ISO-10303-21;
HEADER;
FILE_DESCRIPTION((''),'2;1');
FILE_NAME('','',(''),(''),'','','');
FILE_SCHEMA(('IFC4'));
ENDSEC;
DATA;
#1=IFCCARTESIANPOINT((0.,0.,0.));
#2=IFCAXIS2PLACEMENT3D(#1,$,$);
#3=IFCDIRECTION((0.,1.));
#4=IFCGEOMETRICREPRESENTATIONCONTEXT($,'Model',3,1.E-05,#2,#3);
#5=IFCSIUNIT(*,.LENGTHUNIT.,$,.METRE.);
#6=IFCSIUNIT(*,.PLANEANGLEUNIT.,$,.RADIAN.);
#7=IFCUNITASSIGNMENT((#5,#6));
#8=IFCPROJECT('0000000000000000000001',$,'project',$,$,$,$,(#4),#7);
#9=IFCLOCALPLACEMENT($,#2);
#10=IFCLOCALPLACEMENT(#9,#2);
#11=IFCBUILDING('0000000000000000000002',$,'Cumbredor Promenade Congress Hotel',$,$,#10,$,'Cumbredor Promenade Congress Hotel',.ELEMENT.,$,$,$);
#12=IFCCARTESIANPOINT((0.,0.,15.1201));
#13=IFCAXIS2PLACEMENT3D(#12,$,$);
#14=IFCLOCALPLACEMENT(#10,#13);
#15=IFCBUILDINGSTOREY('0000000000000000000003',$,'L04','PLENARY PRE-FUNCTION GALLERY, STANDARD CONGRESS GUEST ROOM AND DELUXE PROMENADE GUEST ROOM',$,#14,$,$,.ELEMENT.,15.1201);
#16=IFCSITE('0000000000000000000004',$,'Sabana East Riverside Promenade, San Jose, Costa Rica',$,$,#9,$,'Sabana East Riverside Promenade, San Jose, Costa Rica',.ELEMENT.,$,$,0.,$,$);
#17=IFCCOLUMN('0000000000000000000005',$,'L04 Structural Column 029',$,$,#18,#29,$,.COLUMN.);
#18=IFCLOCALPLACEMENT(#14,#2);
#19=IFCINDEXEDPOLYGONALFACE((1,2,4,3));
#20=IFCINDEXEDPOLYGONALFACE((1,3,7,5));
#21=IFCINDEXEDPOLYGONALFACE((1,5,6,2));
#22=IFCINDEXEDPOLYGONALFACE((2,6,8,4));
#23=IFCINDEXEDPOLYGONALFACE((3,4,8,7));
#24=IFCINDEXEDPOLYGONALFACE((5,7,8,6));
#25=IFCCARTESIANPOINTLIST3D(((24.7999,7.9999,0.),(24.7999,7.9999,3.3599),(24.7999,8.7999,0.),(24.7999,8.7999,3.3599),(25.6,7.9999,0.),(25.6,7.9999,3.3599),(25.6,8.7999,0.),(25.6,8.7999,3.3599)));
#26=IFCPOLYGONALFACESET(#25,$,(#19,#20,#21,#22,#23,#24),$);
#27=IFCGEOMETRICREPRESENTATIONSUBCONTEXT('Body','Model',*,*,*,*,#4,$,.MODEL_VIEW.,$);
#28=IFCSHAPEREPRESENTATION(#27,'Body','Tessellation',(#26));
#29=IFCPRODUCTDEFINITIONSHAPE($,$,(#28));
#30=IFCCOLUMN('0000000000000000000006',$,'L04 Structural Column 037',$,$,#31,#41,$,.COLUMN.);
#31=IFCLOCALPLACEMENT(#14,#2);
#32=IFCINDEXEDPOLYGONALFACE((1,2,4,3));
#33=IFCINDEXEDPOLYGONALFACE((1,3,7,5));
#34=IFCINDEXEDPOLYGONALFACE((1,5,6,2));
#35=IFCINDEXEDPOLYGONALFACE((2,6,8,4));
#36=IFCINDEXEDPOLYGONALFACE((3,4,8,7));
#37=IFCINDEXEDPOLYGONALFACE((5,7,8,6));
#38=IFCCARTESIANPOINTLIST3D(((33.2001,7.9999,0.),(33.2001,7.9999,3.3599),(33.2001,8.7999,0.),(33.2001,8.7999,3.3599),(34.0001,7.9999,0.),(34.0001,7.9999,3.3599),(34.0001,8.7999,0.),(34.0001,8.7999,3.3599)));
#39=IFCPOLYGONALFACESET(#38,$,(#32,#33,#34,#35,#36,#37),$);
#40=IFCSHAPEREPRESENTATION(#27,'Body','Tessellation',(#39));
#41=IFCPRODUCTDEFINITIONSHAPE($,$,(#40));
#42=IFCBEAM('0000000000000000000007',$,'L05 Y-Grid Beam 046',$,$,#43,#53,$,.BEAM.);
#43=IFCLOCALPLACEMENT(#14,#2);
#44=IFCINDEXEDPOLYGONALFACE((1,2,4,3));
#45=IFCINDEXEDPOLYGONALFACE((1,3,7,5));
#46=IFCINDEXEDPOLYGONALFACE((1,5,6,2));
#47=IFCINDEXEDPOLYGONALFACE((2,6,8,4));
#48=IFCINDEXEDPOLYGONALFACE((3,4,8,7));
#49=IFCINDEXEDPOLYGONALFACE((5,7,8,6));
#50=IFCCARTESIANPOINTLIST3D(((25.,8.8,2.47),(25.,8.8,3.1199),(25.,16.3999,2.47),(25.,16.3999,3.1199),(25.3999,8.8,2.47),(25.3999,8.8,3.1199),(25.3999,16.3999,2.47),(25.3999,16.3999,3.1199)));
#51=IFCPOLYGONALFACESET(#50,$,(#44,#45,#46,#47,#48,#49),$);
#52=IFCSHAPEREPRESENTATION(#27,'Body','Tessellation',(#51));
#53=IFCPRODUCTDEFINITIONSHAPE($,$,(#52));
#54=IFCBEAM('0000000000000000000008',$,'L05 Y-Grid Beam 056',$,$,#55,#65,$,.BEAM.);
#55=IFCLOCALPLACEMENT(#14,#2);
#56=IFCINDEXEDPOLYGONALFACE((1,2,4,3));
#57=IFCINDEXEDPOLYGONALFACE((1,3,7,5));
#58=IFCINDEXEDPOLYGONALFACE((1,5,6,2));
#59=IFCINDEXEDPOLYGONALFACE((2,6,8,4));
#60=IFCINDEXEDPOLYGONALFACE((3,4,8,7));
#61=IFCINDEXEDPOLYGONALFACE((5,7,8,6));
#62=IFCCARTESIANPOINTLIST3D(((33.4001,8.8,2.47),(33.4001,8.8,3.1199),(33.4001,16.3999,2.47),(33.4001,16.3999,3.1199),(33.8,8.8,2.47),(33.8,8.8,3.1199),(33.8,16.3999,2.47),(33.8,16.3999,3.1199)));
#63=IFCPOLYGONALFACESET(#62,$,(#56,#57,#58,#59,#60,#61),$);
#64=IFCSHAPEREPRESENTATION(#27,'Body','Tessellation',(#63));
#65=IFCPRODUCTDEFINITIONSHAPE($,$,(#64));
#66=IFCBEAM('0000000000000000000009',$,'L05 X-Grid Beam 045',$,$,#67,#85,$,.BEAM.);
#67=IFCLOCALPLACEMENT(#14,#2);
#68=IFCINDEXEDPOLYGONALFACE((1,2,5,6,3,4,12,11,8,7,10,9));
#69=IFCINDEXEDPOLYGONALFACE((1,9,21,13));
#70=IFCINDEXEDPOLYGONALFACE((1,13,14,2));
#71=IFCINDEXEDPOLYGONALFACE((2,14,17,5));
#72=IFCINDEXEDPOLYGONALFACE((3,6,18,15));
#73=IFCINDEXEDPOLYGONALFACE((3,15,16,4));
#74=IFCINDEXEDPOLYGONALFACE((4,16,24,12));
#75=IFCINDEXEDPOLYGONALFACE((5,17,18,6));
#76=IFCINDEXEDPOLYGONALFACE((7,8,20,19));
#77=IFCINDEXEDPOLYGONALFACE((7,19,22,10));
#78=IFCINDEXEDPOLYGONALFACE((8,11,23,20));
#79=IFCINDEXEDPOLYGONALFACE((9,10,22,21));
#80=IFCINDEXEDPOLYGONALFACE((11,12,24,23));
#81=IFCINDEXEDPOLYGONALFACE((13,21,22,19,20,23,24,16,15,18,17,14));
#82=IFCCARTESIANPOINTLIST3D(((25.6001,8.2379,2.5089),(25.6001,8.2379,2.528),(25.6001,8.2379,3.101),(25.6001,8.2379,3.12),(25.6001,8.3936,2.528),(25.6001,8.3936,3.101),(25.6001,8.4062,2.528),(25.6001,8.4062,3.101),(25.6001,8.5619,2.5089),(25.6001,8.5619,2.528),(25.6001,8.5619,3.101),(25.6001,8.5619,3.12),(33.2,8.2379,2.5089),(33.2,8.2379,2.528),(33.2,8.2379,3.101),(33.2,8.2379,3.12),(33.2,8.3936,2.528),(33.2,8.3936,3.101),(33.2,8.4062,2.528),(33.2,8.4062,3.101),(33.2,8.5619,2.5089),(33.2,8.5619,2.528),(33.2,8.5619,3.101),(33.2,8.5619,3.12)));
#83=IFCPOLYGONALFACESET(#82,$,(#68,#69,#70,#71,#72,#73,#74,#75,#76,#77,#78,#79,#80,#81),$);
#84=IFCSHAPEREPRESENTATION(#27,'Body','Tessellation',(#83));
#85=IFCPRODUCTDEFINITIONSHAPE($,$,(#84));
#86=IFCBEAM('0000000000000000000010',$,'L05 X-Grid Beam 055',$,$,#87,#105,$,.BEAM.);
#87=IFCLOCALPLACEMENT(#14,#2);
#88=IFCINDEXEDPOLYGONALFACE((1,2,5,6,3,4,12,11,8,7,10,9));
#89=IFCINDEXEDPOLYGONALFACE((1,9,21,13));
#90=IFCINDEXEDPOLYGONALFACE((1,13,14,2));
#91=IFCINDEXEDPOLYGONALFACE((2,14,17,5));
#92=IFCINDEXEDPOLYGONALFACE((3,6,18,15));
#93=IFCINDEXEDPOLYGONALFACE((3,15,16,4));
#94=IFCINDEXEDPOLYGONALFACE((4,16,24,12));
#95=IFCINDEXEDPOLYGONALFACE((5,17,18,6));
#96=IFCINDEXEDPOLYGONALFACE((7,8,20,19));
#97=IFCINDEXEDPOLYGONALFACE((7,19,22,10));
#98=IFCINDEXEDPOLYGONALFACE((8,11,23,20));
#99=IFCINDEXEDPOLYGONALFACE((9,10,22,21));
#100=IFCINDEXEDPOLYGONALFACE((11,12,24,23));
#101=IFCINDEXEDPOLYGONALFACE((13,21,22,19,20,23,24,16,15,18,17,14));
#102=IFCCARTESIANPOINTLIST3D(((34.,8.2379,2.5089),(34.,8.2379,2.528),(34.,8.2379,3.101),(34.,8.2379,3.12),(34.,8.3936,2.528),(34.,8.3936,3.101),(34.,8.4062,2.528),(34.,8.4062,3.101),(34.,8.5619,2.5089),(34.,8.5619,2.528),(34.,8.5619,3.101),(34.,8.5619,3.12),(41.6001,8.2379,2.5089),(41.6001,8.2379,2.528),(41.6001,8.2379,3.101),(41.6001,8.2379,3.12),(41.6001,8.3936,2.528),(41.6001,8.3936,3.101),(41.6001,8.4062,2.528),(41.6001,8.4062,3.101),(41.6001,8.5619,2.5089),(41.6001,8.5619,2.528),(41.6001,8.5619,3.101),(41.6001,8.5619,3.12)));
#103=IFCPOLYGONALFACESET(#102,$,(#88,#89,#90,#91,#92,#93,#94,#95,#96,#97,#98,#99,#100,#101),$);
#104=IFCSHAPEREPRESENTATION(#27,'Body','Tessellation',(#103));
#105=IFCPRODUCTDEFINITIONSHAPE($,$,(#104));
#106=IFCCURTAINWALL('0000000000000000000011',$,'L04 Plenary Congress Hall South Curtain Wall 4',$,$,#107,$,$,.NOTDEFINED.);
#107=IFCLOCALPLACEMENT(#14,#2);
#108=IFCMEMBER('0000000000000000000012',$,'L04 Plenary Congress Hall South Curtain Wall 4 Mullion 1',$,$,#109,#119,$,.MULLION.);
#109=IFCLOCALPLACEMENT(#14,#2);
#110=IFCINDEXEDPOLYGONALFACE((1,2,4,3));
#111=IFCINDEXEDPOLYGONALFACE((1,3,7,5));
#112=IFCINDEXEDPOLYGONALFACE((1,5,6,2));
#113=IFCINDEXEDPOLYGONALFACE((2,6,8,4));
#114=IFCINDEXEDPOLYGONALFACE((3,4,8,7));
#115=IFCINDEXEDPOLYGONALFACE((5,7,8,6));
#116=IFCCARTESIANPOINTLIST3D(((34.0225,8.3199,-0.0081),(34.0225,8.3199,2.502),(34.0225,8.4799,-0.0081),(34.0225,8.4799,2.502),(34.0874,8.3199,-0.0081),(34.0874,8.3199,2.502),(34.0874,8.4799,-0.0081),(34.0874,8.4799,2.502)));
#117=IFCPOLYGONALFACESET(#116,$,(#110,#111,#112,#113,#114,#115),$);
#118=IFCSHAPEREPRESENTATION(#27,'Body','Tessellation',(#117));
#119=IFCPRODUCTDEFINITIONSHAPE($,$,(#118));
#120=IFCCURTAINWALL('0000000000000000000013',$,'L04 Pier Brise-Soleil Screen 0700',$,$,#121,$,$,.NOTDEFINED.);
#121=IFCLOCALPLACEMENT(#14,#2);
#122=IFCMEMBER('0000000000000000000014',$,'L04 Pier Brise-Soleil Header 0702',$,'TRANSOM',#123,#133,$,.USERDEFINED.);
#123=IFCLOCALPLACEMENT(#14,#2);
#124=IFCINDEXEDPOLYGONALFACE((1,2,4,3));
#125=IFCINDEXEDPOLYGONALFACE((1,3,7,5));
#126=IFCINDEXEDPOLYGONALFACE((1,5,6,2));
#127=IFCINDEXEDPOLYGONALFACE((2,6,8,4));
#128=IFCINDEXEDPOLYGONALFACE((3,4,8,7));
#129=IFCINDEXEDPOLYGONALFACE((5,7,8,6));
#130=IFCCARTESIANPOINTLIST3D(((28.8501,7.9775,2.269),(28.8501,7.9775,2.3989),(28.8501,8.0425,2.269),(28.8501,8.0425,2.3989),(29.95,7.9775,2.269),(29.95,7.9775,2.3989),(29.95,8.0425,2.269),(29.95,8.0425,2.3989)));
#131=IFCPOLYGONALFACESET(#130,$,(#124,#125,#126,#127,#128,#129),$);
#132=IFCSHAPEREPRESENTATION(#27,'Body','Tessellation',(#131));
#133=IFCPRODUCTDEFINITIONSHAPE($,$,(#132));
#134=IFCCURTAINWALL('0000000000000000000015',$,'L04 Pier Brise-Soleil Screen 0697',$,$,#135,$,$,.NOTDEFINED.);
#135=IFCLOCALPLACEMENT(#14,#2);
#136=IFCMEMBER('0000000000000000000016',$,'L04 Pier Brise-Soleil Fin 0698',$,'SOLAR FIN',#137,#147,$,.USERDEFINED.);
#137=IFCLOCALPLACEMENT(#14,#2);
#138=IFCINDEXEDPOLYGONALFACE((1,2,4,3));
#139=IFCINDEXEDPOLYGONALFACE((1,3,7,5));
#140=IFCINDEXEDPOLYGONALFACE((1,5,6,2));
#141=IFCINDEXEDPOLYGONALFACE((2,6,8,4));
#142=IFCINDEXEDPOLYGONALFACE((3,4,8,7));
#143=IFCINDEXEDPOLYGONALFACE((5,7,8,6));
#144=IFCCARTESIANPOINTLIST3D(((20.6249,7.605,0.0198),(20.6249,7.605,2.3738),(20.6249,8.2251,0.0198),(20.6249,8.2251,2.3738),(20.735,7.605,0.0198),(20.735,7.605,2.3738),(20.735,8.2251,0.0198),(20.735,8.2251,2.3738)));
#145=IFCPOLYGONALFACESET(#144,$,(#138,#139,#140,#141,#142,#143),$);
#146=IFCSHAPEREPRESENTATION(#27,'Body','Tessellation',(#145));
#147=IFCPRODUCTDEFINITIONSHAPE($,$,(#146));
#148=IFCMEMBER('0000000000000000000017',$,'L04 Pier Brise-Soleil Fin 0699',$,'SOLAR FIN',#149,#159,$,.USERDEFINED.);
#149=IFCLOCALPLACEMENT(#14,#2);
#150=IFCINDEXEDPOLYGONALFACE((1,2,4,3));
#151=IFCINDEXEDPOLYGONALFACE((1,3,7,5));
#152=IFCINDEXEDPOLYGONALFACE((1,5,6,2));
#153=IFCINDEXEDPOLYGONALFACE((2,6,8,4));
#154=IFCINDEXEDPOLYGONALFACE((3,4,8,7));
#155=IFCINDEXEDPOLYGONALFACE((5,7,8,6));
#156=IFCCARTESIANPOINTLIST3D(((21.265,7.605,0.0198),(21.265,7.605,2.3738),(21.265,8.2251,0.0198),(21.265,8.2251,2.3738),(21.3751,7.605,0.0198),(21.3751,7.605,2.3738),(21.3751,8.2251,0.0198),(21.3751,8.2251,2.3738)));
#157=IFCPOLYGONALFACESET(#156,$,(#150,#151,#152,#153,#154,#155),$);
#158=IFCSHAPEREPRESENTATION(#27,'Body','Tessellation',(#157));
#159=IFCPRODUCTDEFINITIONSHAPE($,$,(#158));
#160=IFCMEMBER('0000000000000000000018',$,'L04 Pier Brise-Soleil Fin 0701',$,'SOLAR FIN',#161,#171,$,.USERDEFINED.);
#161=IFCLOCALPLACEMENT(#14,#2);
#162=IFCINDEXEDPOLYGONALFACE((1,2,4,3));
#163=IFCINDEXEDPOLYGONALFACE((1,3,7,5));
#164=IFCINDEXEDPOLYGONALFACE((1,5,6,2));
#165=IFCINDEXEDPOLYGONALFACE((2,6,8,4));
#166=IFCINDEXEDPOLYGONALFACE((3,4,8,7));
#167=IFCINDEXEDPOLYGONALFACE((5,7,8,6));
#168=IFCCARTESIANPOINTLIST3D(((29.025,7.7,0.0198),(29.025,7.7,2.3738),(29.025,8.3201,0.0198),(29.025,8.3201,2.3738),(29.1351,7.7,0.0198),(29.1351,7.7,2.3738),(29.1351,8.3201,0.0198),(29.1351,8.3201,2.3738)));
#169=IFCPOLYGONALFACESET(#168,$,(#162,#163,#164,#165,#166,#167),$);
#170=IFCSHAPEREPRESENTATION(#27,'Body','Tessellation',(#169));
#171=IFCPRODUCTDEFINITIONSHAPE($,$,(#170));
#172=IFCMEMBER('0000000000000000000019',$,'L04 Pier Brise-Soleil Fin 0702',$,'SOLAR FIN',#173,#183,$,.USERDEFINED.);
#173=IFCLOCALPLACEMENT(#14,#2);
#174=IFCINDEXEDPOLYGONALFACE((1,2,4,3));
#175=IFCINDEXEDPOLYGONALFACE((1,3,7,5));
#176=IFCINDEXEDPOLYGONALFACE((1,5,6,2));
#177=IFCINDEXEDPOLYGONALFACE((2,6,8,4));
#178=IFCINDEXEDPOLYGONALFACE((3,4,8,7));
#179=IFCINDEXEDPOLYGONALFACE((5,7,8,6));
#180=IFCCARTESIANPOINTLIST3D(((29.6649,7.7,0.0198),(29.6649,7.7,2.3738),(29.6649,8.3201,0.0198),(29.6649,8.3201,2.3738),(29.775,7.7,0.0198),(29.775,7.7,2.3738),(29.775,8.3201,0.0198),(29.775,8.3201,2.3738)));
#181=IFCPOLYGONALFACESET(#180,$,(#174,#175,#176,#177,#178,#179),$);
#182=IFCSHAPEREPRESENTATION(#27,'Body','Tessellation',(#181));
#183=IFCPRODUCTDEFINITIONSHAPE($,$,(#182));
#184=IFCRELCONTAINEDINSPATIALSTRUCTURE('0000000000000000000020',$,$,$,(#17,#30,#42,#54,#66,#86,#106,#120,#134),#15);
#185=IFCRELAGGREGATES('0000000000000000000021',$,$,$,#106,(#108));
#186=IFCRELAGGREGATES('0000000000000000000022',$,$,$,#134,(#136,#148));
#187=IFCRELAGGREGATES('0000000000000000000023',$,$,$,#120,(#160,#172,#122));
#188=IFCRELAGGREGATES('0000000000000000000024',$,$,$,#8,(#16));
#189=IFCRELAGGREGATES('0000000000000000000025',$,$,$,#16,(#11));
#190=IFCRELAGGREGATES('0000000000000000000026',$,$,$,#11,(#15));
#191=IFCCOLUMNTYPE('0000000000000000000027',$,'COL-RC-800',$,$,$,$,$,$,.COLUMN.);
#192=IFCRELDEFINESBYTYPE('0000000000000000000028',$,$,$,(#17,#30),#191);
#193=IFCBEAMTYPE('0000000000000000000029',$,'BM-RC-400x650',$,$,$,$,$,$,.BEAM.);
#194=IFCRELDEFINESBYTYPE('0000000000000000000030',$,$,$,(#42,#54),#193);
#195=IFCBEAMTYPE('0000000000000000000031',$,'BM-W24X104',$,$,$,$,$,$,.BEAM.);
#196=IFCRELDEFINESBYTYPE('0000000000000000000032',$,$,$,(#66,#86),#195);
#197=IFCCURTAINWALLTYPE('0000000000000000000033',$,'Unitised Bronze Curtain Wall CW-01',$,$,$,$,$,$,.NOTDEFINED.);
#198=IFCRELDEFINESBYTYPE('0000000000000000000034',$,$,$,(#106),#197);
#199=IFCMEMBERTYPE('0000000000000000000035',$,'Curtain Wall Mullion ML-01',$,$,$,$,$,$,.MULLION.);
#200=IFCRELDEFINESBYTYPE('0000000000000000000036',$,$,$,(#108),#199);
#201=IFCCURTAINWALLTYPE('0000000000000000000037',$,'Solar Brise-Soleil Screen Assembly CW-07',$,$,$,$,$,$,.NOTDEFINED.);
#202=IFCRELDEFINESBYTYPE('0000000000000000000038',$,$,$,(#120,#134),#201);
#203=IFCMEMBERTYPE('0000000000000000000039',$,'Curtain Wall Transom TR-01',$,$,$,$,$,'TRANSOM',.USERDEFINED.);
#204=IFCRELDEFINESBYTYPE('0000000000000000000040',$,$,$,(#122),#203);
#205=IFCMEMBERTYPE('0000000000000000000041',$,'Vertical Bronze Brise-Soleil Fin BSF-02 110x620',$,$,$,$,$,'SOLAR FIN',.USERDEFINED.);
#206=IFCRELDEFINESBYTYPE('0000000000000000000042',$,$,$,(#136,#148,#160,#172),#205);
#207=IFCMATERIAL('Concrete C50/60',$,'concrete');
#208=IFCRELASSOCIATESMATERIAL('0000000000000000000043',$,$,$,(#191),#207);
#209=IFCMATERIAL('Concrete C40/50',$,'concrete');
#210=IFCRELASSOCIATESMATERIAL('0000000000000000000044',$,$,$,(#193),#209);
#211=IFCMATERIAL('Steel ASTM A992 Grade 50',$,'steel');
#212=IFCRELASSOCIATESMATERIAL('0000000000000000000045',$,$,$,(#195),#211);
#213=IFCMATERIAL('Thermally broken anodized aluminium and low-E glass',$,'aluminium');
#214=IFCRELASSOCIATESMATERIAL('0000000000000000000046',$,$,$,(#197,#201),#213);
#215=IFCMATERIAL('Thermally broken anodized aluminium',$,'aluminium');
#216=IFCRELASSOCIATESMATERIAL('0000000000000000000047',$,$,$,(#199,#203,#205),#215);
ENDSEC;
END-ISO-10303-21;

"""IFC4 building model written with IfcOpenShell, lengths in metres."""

from ifc_helpers import new_model, si_unit, direction, frame, origin, origin_2d, place, context, subcontext, project, spatial, rectangle, i_section, extrude, material, material_profile, profile_set, type_object, element, aggregate, save


model = new_model("IFC4")

# Units and contexts
model_context = context("Model", 3, precision=1e-05, world=origin(), true_north=direction((0.0, 1.0)))
body_context = subcontext(model_context, "Body", "Model", "MODEL_VIEW")
ifc_project = project(units=[si_unit("LENGTHUNIT", "METRE"), si_unit("PLANEANGLEUNIT", "RADIAN")], contexts=[model_context])

# Site, building, storey
site_placement = place(None, origin())
site = spatial("IfcSite", under=ifc_project, at=site_placement, Name="Sabana East Riverside Promenade, San Jose, Costa Rica", LongName="Sabana East Riverside Promenade, San Jose, Costa Rica", CompositionType="ELEMENT", RefElevation=0.0)
building_placement = place(site_placement, origin())
building = spatial("IfcBuilding", under=site, at=building_placement, Name="Cumbredor Promenade Congress Hotel", LongName="Cumbredor Promenade Congress Hotel", CompositionType="ELEMENT")
storey_placement = place(building_placement, frame((0.0, 0.0, 15.1201)))
storey = spatial("IfcBuildingStorey", under=building, at=storey_placement, Name="L04", Description="PLENARY PRE-FUNCTION GALLERY, STANDARD CONGRESS GUEST ROOM AND DELUXE PROMENADE GUEST ROOM", CompositionType="ELEMENT", Elevation=15.1201)

# Columns
ifc_material_1 = material(Name="Concrete C50/60", Category="concrete")
ifc_material_profile_1 = material_profile(ifc_material_1, rectangle(XDim=0.8, YDim=0.8, at=origin_2d()), Name="RC 800x800")
ifc_profile_set_1 = profile_set([ifc_material_profile_1], Name="Concrete C50/60")
column_type = type_object("IfcColumnType", Name="COL-RC-800", PredefinedType="COLUMN", material=ifc_profile_set_1)
for number, where, z_axis, x_axis, name in (
    (1, (25.2, 8.3999, 0.0), (0.0, 0.0, 1.0), (1.0, 0.0, 0.0), "L04 Structural Column 029"),
    (2, (33.6001, 8.3999, 0.0), (0.0, 0.0, 1.0), (1.0, 0.0, 0.0), "L04 Structural Column 037"),
):
    element("IfcColumn", number, at=place(storey_placement, frame(where, z_axis=z_axis, x_axis=x_axis)), inside=storey, type_object=column_type, Name=name, PredefinedType="COLUMN", context=body_context, shape_type="SweptSolid", body=[
        extrude(rectangle(XDim=0.8, YDim=0.8, at=origin_2d()), origin(), (0.0, 0.0, 1.0), 3.3599),
    ])

# Beams
ifc_material_2 = material(Name="Concrete C40/50", Category="concrete")
ifc_material_profile_2 = material_profile(ifc_material_2, rectangle(XDim=0.3999, YDim=0.6499, at=origin_2d()), Name="RC BEAM 400x650")
ifc_profile_set_2 = profile_set([ifc_material_profile_2], Name="Concrete C40/50")
beam_type_1 = type_object("IfcBeamType", Name="BM-RC-400x650", PredefinedType="BEAM", material=ifc_profile_set_2)
for number, where, z_axis, x_axis, name in (
    (3, (25.2, 8.8, 2.7949), (0.0, 1.0, 0.0), (-1.0, 0.0, 0.0), "L05 Y-Grid Beam 046"),
    (4, (33.6001, 8.8, 2.7949), (0.0, 1.0, 0.0), (-1.0, 0.0, 0.0), "L05 Y-Grid Beam 056"),
):
    element("IfcBeam", number, at=place(storey_placement, frame(where, z_axis=z_axis, x_axis=x_axis)), inside=storey, type_object=beam_type_1, Name=name, PredefinedType="BEAM", context=body_context, shape_type="SweptSolid", body=[
        extrude(rectangle(XDim=0.3999, YDim=0.6499, at=origin_2d()), origin(), (0.0, 0.0, 1.0), 7.5999),
    ])
ifc_material_3 = material(Name="Steel ASTM A992 Grade 50", Category="steel")
ifc_material_profile_3 = material_profile(ifc_material_3, i_section(OverallWidth=0.324, OverallDepth=0.6111, WebThickness=0.0127, FlangeThickness=0.019, at=origin_2d()), Name="W24X104")
ifc_profile_set_3 = profile_set([ifc_material_profile_3], Name="Steel ASTM A992 Grade 50")
beam_type_2 = type_object("IfcBeamType", Name="BM-W24X104", PredefinedType="BEAM", material=ifc_profile_set_3)
beam_1_placement = place(storey_placement, frame((25.6001, 8.3999, 2.8145), z_axis=(1.0, 0.0, 0.0), x_axis=(0.0, 1.0, 0.0)))
element("IfcBeam", 5, at=beam_1_placement, inside=storey, type_object=beam_type_2, Name="L05 X-Grid Beam 045", PredefinedType="BEAM", context=body_context, shape_type="SweptSolid", body=[
    extrude(i_section(OverallWidth=0.324, OverallDepth=0.6111, WebThickness=0.0127, FlangeThickness=0.019, at=origin_2d()), origin(), (0.0, 0.0, 1.0), 7.5999),
])
beam_2_placement = place(storey_placement, frame((34.0, 8.3999, 2.8145), z_axis=(1.0, 0.0, 0.0), x_axis=(0.0, 1.0, 0.0)))
element("IfcBeam", 6, at=beam_2_placement, inside=storey, type_object=beam_type_2, Name="L05 X-Grid Beam 055", PredefinedType="BEAM", context=body_context, shape_type="SweptSolid", body=[
    extrude(i_section(OverallWidth=0.324, OverallDepth=0.6111, WebThickness=0.0127, FlangeThickness=0.019, at=origin_2d()), origin(), (0.0, 0.0, 1.0), 7.6001),
])

# Curtain walls, members
ifc_material_4 = material(Name="Thermally broken anodized aluminium and low-E glass", Category="aluminium")
curtain_wall_type_1 = type_object("IfcCurtainWallType", Name="Unitised Bronze Curtain Wall CW-01", PredefinedType="NOTDEFINED", material=ifc_material_4)
curtain_wall_1_placement = place(storey_placement, origin())
curtain_wall_1 = element("IfcCurtainWall", 7, at=curtain_wall_1_placement, inside=storey, type_object=curtain_wall_type_1, Name="L04 Plenary Congress Hall South Curtain Wall 4", PredefinedType="NOTDEFINED")
ifc_material_5 = material(Name="Thermally broken anodized aluminium", Category="aluminium")
ifc_material_profile_4 = material_profile(ifc_material_5, rectangle(XDim=0.0649, YDim=0.1599, at=origin_2d()), Name="ALU MULLION 65x160")
ifc_profile_set_4 = profile_set([ifc_material_profile_4], Name="Thermally broken anodized aluminium")
member_type_1 = type_object("IfcMemberType", Name="Curtain Wall Mullion ML-01", PredefinedType="MULLION", material=ifc_profile_set_4)
member_1_placement = place(storey_placement, frame((34.0549, 8.3999, -0.0081), z_axis=(0.0, 0.0, 1.0), x_axis=(1.0, 0.0, 0.0)))
member_1 = element("IfcMember", 8, at=member_1_placement, type_object=member_type_1, Name="L04 Plenary Congress Hall South Curtain Wall 4 Mullion 1", PredefinedType="MULLION", context=body_context, shape_type="SweptSolid", body=[
    extrude(rectangle(XDim=0.0649, YDim=0.1599, at=origin_2d()), origin(), (0.0, 0.0, 1.0), 2.51),
])
aggregate(curtain_wall_1, [member_1])
curtain_wall_type_2 = type_object("IfcCurtainWallType", Name="Solar Brise-Soleil Screen Assembly CW-07", PredefinedType="NOTDEFINED", material=ifc_material_4)
curtain_wall_2_placement = place(storey_placement, origin())
curtain_wall_2 = element("IfcCurtainWall", 9, at=curtain_wall_2_placement, inside=storey, type_object=curtain_wall_type_2, Name="L04 Pier Brise-Soleil Screen 0700", PredefinedType="NOTDEFINED")
ifc_material_profile_5 = material_profile(ifc_material_5, rectangle(XDim=0.0649, YDim=0.1299, at=origin_2d()), Name="ALU TRANSOM 65x130")
ifc_profile_set_5 = profile_set([ifc_material_profile_5], Name="Thermally broken anodized aluminium")
member_type_2 = type_object("IfcMemberType", Name="Curtain Wall Transom TR-01", ElementType="TRANSOM", PredefinedType="USERDEFINED", material=ifc_profile_set_5)
member_2_placement = place(storey_placement, frame((28.8501, 8.01, 2.334), z_axis=(1.0, 0.0, 0.0), x_axis=(0.0, 1.0, 0.0)))
member_2 = element("IfcMember", 10, at=member_2_placement, type_object=member_type_2, Name="L04 Pier Brise-Soleil Header 0702", ObjectType="TRANSOM", PredefinedType="USERDEFINED", context=body_context, shape_type="SweptSolid", body=[
    extrude(rectangle(XDim=0.0649, YDim=0.1299, at=origin_2d()), origin(), (0.0, 0.0, 1.0), 1.0999),
])

# Curtain wall, members
curtain_wall_3_placement = place(storey_placement, origin())
curtain_wall_3 = element("IfcCurtainWall", 11, at=curtain_wall_3_placement, inside=storey, type_object=curtain_wall_type_2, Name="L04 Pier Brise-Soleil Screen 0697", PredefinedType="NOTDEFINED")
ifc_material_profile_6 = material_profile(ifc_material_5, rectangle(XDim=0.1101, YDim=0.6201, at=origin_2d()), Name="ARCH FIN 110x620")
ifc_profile_set_6 = profile_set([ifc_material_profile_6], Name="Thermally broken anodized aluminium")
member_type_3 = type_object("IfcMemberType", Name="Vertical Bronze Brise-Soleil Fin BSF-02 110x620", ElementType="SOLAR FIN", PredefinedType="USERDEFINED", material=ifc_profile_set_6)
member_3_placement = place(storey_placement, frame((20.6799, 7.915, 0.0198), z_axis=(0.0, 0.0, 1.0), x_axis=(1.0, 0.0, 0.0)))
member_3 = element("IfcMember", 12, at=member_3_placement, type_object=member_type_3, Name="L04 Pier Brise-Soleil Fin 0698", ObjectType="SOLAR FIN", PredefinedType="USERDEFINED", context=body_context, shape_type="SweptSolid", body=[
    extrude(rectangle(XDim=0.1101, YDim=0.6201, at=origin_2d()), origin(), (0.0, 0.0, 1.0), 2.354),
])
member_4_placement = place(storey_placement, frame((21.3201, 7.915, 0.0198), z_axis=(0.0, 0.0, 1.0), x_axis=(1.0, 0.0, 0.0)))
member_4 = element("IfcMember", 13, at=member_4_placement, type_object=member_type_3, Name="L04 Pier Brise-Soleil Fin 0699", ObjectType="SOLAR FIN", PredefinedType="USERDEFINED", context=body_context, shape_type="SweptSolid", body=[
    extrude(rectangle(XDim=0.1101, YDim=0.6201, at=origin_2d()), origin(), (0.0, 0.0, 1.0), 2.354),
])
aggregate(curtain_wall_3, [member_3, member_4])

# Members
member_5_placement = place(storey_placement, frame((29.0801, 8.01, 0.0198), z_axis=(0.0, 0.0, 1.0), x_axis=(1.0, 0.0, 0.0)))
member_5 = element("IfcMember", 14, at=member_5_placement, type_object=member_type_3, Name="L04 Pier Brise-Soleil Fin 0701", ObjectType="SOLAR FIN", PredefinedType="USERDEFINED", context=body_context, shape_type="SweptSolid", body=[
    extrude(rectangle(XDim=0.1101, YDim=0.6201, at=origin_2d()), origin(), (0.0, 0.0, 1.0), 2.354),
])
member_6_placement = place(storey_placement, frame((29.72, 8.01, 0.0198), z_axis=(0.0, 0.0, 1.0), x_axis=(1.0, 0.0, 0.0)))
member_6 = element("IfcMember", 15, at=member_6_placement, type_object=member_type_3, Name="L04 Pier Brise-Soleil Fin 0702", ObjectType="SOLAR FIN", PredefinedType="USERDEFINED", context=body_context, shape_type="SweptSolid", body=[
    extrude(rectangle(XDim=0.1101, YDim=0.6201, at=origin_2d()), origin(), (0.0, 0.0, 1.0), 2.354),
])
aggregate(curtain_wall_2, [member_5, member_6, member_2])

save(model, "model.ifc")
